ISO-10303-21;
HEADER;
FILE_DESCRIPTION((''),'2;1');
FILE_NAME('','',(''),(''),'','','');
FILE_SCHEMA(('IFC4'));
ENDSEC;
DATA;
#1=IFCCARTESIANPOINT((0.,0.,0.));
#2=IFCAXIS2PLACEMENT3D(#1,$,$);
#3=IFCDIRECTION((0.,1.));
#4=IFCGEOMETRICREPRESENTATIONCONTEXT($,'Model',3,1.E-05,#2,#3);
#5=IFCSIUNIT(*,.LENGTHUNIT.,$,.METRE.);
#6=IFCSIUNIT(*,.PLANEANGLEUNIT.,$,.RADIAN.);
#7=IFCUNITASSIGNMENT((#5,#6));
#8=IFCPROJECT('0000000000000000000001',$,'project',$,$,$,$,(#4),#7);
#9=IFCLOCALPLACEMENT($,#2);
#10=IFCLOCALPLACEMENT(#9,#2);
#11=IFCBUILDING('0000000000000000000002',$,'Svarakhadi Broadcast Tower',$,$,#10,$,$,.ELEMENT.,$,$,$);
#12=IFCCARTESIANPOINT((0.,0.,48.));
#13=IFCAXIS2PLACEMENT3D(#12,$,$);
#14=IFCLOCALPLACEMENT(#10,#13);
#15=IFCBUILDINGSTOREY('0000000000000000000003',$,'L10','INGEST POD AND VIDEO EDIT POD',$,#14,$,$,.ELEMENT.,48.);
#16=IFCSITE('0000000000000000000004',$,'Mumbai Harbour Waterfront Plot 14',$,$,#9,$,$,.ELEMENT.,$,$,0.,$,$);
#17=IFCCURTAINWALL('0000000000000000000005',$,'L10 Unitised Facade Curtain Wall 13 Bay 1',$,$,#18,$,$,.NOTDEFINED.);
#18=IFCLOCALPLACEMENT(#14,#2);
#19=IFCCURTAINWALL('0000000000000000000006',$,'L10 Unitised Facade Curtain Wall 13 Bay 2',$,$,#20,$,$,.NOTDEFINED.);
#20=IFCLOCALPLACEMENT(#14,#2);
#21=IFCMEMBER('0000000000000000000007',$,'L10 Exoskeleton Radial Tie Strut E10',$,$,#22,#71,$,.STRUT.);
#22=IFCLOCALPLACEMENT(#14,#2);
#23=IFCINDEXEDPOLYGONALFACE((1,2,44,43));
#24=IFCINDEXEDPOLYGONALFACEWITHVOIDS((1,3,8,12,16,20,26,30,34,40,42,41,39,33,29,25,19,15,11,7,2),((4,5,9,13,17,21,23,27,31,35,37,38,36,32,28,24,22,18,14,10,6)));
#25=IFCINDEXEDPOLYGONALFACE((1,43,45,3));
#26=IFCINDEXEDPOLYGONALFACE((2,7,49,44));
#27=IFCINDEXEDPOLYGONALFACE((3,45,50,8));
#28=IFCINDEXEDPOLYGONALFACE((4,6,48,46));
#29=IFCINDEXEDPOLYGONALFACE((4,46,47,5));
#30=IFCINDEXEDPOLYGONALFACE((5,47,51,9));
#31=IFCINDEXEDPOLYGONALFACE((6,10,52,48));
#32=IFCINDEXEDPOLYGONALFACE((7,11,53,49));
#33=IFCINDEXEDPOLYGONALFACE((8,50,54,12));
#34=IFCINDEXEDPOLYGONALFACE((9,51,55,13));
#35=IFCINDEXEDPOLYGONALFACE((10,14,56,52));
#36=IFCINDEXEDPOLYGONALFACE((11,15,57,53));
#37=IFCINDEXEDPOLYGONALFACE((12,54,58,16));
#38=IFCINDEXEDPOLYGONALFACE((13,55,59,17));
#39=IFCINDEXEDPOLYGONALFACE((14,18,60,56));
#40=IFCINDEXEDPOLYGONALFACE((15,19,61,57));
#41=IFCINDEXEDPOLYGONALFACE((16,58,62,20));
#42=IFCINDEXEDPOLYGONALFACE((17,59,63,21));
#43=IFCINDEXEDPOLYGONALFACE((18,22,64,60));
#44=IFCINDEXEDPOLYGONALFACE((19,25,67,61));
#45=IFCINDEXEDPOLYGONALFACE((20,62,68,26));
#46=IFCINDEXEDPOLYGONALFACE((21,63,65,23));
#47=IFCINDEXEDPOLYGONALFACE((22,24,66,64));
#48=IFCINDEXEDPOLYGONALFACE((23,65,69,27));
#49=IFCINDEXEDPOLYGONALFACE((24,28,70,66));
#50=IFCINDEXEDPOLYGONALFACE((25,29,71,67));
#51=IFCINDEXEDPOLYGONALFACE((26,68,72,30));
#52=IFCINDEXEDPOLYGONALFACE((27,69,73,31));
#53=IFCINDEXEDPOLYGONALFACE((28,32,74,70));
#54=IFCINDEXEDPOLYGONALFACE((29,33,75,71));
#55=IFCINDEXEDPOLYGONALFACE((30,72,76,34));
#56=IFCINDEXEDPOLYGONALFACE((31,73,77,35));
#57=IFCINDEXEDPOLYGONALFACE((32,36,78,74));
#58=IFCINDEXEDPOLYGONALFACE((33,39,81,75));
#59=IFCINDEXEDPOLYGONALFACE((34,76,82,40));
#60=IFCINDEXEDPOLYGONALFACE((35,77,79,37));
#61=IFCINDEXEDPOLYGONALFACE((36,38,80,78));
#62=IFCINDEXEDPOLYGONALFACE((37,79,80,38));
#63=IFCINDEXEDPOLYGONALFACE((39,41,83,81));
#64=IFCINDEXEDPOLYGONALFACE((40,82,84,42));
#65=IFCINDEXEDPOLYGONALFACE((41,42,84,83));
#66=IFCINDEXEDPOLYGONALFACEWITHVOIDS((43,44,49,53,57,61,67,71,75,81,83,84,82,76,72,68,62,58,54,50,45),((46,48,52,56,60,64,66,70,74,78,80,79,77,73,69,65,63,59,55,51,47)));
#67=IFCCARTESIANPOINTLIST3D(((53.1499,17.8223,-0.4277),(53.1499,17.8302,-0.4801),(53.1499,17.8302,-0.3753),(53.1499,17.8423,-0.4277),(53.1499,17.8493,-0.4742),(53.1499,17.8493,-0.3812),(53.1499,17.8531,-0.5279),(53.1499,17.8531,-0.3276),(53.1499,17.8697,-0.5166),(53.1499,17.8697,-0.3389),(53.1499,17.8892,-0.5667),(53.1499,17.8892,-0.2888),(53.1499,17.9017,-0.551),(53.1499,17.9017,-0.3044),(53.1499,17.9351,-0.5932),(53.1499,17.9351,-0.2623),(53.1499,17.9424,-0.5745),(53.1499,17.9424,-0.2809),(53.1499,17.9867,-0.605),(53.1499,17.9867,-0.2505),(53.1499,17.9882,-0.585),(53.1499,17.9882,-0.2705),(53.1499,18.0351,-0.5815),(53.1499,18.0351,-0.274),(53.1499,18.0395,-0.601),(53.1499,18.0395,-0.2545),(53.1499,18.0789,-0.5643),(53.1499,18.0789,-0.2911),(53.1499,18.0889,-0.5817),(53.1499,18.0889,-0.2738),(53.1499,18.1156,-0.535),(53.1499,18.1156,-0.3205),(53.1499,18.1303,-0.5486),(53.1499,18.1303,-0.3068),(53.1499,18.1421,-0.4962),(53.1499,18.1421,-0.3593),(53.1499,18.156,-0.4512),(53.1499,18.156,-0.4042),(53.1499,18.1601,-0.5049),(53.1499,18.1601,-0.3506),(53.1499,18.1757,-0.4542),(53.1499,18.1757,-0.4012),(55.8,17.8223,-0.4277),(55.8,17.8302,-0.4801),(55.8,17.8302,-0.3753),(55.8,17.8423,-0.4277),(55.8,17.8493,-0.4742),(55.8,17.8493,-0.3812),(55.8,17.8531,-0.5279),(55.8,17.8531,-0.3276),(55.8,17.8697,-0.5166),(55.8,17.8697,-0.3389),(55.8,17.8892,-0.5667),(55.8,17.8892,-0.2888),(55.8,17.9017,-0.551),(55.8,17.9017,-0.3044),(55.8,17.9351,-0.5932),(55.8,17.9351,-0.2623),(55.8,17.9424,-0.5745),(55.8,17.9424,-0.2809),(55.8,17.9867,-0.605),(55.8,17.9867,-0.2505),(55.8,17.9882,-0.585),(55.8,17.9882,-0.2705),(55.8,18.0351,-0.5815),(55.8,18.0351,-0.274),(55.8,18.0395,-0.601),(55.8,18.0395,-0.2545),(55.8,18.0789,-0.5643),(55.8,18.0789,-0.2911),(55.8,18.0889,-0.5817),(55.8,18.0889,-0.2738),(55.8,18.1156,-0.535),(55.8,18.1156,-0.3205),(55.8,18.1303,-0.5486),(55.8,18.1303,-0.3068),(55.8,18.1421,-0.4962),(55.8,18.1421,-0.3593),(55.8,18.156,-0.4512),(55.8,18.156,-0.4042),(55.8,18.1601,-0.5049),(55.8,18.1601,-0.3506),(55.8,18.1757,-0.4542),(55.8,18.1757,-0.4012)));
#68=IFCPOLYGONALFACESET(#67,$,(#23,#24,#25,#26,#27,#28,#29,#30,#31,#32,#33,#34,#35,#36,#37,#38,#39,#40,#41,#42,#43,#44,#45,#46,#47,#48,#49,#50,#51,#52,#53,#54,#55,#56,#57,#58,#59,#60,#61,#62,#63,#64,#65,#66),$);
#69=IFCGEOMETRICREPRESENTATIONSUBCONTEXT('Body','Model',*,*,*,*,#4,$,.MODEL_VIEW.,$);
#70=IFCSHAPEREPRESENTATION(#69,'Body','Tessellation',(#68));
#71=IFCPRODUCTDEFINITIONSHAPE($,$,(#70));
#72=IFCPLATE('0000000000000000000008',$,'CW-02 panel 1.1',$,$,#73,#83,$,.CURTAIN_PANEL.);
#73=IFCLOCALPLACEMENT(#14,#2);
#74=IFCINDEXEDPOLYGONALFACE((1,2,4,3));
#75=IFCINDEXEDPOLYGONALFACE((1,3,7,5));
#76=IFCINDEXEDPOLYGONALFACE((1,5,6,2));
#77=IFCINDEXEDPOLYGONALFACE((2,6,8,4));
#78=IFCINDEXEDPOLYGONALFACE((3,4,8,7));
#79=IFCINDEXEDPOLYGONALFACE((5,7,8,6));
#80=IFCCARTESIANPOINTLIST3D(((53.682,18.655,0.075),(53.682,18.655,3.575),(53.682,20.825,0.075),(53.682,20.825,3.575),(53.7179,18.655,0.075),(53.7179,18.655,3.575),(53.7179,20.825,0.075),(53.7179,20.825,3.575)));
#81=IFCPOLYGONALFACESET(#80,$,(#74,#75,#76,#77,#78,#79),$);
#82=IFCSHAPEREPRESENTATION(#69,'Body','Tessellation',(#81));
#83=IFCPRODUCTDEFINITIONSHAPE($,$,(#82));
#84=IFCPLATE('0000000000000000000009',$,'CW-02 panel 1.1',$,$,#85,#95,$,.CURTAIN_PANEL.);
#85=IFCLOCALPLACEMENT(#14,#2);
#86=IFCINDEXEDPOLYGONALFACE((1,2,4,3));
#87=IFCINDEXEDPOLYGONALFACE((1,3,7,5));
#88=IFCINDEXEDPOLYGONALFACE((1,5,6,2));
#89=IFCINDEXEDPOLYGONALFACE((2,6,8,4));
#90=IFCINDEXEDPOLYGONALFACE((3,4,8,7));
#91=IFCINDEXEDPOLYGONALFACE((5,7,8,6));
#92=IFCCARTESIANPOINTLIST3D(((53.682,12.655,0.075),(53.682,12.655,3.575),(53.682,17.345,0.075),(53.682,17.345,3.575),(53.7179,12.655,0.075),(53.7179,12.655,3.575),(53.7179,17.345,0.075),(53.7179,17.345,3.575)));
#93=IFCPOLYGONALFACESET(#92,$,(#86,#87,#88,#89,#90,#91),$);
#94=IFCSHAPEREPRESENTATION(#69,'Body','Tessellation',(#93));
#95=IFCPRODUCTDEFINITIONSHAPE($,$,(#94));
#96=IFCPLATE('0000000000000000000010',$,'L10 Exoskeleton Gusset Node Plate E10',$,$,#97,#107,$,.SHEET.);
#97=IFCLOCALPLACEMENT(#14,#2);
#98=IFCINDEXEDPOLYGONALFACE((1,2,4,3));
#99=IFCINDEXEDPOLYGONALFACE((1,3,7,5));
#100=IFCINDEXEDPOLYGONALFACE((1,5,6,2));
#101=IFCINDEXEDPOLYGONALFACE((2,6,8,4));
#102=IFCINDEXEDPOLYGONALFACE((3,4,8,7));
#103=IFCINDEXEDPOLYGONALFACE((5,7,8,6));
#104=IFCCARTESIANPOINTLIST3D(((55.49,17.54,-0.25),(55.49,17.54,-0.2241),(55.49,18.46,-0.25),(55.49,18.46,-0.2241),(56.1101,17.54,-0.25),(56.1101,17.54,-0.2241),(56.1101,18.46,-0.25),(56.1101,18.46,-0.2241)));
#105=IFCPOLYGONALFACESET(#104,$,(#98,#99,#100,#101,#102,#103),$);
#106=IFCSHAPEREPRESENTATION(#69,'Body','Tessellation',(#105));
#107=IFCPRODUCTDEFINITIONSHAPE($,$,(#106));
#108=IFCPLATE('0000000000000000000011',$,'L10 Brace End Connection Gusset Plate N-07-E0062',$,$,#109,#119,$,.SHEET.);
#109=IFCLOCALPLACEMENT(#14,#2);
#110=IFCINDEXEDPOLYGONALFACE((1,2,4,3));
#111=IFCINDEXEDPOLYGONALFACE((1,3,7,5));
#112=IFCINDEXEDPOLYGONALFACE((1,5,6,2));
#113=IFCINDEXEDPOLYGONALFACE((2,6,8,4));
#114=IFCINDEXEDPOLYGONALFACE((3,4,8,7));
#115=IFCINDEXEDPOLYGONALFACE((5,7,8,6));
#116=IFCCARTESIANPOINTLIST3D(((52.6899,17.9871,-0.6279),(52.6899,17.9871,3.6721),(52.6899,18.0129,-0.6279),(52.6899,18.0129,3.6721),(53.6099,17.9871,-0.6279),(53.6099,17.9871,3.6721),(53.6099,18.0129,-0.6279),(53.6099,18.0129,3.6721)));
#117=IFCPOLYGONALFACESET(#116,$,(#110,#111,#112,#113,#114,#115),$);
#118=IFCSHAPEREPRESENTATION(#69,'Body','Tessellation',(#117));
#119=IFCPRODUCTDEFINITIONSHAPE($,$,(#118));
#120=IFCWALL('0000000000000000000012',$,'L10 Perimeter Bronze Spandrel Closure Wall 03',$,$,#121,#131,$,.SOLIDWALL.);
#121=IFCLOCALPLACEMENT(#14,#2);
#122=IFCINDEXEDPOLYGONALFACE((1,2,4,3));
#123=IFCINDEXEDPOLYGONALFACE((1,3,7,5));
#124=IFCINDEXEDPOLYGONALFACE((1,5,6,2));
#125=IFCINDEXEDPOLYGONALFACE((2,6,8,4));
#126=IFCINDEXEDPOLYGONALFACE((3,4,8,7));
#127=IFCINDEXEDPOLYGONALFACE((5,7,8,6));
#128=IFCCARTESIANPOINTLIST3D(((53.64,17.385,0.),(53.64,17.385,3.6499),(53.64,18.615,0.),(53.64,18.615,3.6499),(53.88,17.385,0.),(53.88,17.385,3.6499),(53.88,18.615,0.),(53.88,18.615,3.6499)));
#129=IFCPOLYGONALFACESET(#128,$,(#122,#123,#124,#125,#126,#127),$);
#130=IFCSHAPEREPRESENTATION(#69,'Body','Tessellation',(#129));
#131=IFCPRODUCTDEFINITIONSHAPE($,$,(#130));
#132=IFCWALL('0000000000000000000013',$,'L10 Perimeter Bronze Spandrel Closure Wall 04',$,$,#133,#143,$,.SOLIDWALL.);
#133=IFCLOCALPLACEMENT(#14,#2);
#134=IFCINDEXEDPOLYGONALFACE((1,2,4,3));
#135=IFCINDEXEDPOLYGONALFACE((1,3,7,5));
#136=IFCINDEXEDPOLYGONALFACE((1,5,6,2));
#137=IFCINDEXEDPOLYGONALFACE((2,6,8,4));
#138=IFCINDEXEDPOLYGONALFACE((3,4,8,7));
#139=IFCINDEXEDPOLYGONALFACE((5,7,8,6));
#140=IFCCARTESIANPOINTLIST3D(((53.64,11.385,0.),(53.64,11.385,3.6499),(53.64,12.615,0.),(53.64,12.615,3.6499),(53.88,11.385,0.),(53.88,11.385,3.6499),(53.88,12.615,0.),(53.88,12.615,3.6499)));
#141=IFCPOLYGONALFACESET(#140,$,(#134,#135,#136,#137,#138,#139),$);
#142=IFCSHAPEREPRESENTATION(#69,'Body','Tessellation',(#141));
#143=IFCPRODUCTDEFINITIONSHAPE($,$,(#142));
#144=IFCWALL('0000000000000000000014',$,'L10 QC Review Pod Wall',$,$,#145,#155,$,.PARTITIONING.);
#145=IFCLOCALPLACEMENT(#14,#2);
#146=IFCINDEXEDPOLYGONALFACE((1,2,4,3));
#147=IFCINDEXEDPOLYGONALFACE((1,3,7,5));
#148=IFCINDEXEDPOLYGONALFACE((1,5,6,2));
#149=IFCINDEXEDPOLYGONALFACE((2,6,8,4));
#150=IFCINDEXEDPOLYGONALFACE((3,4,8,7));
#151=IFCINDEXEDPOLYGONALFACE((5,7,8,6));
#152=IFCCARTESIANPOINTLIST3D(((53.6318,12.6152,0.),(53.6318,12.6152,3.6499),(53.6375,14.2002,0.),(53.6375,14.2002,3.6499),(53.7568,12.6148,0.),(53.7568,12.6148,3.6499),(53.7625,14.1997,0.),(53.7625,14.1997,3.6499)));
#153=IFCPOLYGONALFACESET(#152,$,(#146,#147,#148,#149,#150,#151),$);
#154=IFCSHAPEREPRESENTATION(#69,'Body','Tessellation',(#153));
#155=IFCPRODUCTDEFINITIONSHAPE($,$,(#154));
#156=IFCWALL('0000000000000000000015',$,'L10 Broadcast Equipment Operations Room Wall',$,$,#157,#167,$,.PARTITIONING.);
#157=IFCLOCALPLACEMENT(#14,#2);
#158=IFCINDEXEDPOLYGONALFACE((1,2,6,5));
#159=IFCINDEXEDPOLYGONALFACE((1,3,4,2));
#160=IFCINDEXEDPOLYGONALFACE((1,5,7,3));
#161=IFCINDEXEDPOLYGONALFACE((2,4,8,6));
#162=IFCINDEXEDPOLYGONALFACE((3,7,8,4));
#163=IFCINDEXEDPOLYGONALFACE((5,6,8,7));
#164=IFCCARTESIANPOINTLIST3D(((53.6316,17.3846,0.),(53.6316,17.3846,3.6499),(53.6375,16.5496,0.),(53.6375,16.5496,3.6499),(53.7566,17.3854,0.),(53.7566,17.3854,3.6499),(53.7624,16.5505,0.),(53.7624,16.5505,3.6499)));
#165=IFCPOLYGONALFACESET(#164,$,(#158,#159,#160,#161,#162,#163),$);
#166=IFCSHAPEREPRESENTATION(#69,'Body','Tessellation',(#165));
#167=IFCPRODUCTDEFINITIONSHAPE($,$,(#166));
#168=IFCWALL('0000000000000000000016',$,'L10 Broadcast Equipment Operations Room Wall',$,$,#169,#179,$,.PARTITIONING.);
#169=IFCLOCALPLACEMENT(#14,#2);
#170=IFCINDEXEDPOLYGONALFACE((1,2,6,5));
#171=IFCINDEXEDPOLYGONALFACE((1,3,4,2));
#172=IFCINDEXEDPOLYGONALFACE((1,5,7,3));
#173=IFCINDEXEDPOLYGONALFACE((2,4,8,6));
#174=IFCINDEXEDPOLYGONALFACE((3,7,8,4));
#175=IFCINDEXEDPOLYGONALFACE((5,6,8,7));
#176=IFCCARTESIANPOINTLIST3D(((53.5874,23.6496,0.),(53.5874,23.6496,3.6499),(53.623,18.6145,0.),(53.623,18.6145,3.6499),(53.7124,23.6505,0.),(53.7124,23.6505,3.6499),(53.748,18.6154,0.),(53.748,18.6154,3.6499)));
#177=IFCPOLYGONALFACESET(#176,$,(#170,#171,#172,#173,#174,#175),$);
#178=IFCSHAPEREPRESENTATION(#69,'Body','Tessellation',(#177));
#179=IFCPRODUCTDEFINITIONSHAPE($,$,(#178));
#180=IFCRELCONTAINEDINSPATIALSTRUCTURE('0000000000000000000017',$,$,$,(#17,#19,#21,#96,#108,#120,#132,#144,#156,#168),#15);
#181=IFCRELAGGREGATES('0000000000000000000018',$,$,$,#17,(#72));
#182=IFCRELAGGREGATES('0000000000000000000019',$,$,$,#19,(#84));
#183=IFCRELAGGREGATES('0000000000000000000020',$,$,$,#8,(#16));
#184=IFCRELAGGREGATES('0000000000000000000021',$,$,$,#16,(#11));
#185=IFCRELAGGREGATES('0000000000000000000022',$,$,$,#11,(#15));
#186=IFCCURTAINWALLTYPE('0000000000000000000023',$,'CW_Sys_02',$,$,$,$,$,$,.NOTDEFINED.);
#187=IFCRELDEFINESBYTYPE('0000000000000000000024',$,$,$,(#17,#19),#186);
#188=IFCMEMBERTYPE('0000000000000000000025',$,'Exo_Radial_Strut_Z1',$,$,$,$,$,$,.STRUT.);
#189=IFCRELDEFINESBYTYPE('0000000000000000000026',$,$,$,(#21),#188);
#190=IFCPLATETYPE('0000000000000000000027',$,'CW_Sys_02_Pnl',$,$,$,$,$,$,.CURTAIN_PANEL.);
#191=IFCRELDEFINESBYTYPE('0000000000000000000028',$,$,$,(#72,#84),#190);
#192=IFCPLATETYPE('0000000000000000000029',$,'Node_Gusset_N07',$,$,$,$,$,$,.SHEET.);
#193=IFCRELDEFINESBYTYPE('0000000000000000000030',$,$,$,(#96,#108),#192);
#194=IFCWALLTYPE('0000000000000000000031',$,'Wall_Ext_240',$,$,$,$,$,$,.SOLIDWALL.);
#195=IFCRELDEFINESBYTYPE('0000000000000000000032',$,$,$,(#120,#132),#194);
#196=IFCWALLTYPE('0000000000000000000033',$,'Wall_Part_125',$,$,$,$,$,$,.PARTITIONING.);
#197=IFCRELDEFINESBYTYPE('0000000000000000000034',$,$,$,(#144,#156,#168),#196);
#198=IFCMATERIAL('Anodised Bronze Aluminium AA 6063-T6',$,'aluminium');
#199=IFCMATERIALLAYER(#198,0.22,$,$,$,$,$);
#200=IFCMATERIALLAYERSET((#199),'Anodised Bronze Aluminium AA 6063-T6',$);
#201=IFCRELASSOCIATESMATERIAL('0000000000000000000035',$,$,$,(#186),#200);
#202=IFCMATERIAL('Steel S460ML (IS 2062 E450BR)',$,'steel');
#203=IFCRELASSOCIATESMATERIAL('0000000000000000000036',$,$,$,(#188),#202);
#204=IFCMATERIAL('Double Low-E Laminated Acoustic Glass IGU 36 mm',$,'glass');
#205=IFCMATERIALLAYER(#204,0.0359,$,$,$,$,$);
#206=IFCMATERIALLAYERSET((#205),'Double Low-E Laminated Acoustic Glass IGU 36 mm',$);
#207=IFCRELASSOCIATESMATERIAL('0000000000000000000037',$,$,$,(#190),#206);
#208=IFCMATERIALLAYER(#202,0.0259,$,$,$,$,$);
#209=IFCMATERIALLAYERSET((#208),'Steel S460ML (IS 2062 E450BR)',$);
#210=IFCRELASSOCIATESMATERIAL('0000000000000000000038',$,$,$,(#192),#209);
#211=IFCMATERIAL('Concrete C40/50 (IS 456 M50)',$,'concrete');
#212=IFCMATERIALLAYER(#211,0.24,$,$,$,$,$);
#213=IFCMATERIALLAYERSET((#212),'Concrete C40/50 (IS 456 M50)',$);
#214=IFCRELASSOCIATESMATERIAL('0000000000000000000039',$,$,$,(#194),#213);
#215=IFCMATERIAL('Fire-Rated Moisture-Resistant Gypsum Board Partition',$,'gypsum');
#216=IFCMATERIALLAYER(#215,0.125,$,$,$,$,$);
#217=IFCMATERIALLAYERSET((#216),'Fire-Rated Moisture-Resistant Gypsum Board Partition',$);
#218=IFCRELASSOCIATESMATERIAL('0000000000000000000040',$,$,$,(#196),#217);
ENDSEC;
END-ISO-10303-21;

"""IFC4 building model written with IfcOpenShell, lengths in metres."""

from ifc_helpers import new_model, si_unit, direction, frame, frame_2d, origin, origin_2d, place, context, subcontext, project, spatial, rectangle, hollow_circle, extrude, material, layer, layer_set, material_profile, profile_set, type_object, element, aggregate, save


model = new_model("IFC4")

# Units and contexts
model_context = context("Model", 3, precision=1e-05, world=origin(), true_north=direction((0.0, 1.0)))
body_context = subcontext(model_context, "Body", "Model", "MODEL_VIEW")
ifc_project = project(units=[si_unit("LENGTHUNIT", "METRE"), si_unit("PLANEANGLEUNIT", "RADIAN")], contexts=[model_context])

# Site, building, storey
site_placement = place(None, origin())
site = spatial("IfcSite", under=ifc_project, at=site_placement, Name="Mumbai Harbour Waterfront Plot 14", CompositionType="ELEMENT", RefElevation=0.0)
building_placement = place(site_placement, origin())
building = spatial("IfcBuilding", under=site, at=building_placement, Name="Svarakhadi Broadcast Tower", CompositionType="ELEMENT")
storey_placement = place(building_placement, frame((0.0, 0.0, 48.0)))
storey = spatial("IfcBuildingStorey", under=building, at=storey_placement, Name="L10", Description="INGEST POD AND VIDEO EDIT POD", CompositionType="ELEMENT", Elevation=48.0)

# Curtain wall
ifc_material_1 = material(Name="Anodised Bronze Aluminium AA 6063-T6", Category="aluminium")
ifc_layer_1 = layer(ifc_material_1, 0.22)
ifc_layer_set_1 = layer_set([ifc_layer_1], Name="Anodised Bronze Aluminium AA 6063-T6")
curtain_wall_type = type_object("IfcCurtainWallType", Name="CW_Sys_02", PredefinedType="NOTDEFINED", material=ifc_layer_set_1)
curtain_wall_1_placement = place(storey_placement, origin())
curtain_wall_1 = element("IfcCurtainWall", 1, at=curtain_wall_1_placement, inside=storey, type_object=curtain_wall_type, Name="L10 Unitised Facade Curtain Wall 13 Bay 1", PredefinedType="NOTDEFINED")

# Curtain wall
curtain_wall_2_placement = place(storey_placement, origin())
curtain_wall_2 = element("IfcCurtainWall", 2, at=curtain_wall_2_placement, inside=storey, type_object=curtain_wall_type, Name="L10 Unitised Facade Curtain Wall 13 Bay 2", PredefinedType="NOTDEFINED")

# Member
ifc_material_2 = material(Name="Steel S460ML (IS 2062 E450BR)", Category="steel")
ifc_material_profile_1 = material_profile(ifc_material_2, hollow_circle(Radius=0.1777, WallThickness=0.02, at=origin_2d()), Name="CHS 355.6x20")
ifc_profile_set_1 = profile_set([ifc_material_profile_1], Name="Steel S460ML (IS 2062 E450BR)")
member_type_1 = type_object("IfcMemberType", Name="Exo_Radial_Strut_Z1", PredefinedType="STRUT", material=ifc_profile_set_1)
member_1_placement = place(storey_placement, frame((55.8, 18.0, -0.4277), z_axis=(-1.0, 0.0, 0.0), x_axis=(0.0, -1.0, 0.0)))
element("IfcMember", 3, at=member_1_placement, inside=storey, type_object=member_type_1, Name="L10 Exoskeleton Radial Tie Strut E10", PredefinedType="STRUT", context=body_context, shape_type="SweptSolid", body=[
    extrude(hollow_circle(Radius=0.1777, WallThickness=0.02, at=origin_2d()), origin(), (0.0, 0.0, 1.0), 2.6501),
])

# Plates
ifc_material_3 = material(Name="Double Low-E Laminated Acoustic Glass IGU 36 mm", Category="glass")
ifc_layer_2 = layer(ifc_material_3, 0.0359)
ifc_layer_set_2 = layer_set([ifc_layer_2], Name="Double Low-E Laminated Acoustic Glass IGU 36 mm")
plate_type_1 = type_object("IfcPlateType", Name="CW_Sys_02_Pnl", PredefinedType="CURTAIN_PANEL", material=ifc_layer_set_2)
plate_1_placement = place(storey_placement, frame((53.7, 19.74, 0.075), z_axis=(0.0, 0.0, 1.0), x_axis=(0.0, -1.0, 0.0)))
plate_1 = element("IfcPlate", 4, at=plate_1_placement, type_object=plate_type_1, Name="CW-02 panel 1.1", PredefinedType="CURTAIN_PANEL", context=body_context, shape_type="SweptSolid", body=[
    extrude(rectangle(XDim=2.1699, YDim=0.0359, at=origin_2d()), origin(), (0.0, 0.0, 1.0), 3.5),
])
aggregate(curtain_wall_1, [plate_1])
plate_2_placement = place(storey_placement, frame((53.7, 15.0, 0.075), z_axis=(0.0, 0.0, 1.0), x_axis=(0.0, -1.0, 0.0)))
plate_2 = element("IfcPlate", 5, at=plate_2_placement, type_object=plate_type_1, Name="CW-02 panel 1.1", PredefinedType="CURTAIN_PANEL", context=body_context, shape_type="SweptSolid", body=[
    extrude(rectangle(XDim=4.6899, YDim=0.0359, at=origin_2d()), origin(), (0.0, 0.0, 1.0), 3.5),
])
aggregate(curtain_wall_2, [plate_2])

# Plates
ifc_layer_3 = layer(ifc_material_2, 0.0259)
ifc_layer_set_3 = layer_set([ifc_layer_3], Name="Steel S460ML (IS 2062 E450BR)")
plate_type_2 = type_object("IfcPlateType", Name="Node_Gusset_N07", PredefinedType="SHEET", material=ifc_layer_set_3)
plate_3_placement = place(storey_placement, frame((55.8, 18.0, -0.25), z_axis=(0.0, 0.0, 1.0), x_axis=(0.0, 1.0, 0.0)))
element("IfcPlate", 6, at=plate_3_placement, inside=storey, type_object=plate_type_2, Name="L10 Exoskeleton Gusset Node Plate E10", PredefinedType="SHEET", context=body_context, shape_type="SweptSolid", body=[
    extrude(rectangle(XDim=0.9199, YDim=0.6201, at=origin_2d()), origin(), (0.0, 0.0, 1.0), 0.0259),
])
plate_4_placement = place(storey_placement, frame((53.1499, 18.0, -0.6279), z_axis=(0.0, 0.0, 1.0), x_axis=(1.0, 0.0, 0.0)))
element("IfcPlate", 7, at=plate_4_placement, inside=storey, type_object=plate_type_2, Name="L10 Brace End Connection Gusset Plate N-07-E0062", PredefinedType="SHEET", context=body_context, shape_type="SweptSolid", body=[
    extrude(rectangle(XDim=0.9199, YDim=0.0259, at=origin_2d()), origin(), (0.0, 0.0, 1.0), 4.3),
])

# Walls
ifc_material_4 = material(Name="Concrete C40/50 (IS 456 M50)", Category="concrete")
ifc_layer_4 = layer(ifc_material_4, 0.24)
ifc_layer_set_4 = layer_set([ifc_layer_4], Name="Concrete C40/50 (IS 456 M50)")
wall_type_1 = type_object("IfcWallType", Name="Wall_Ext_240", PredefinedType="SOLIDWALL", material=ifc_layer_set_4)
for number, where, z_axis, x_axis, name in (
    (8, (53.76, 18.615, 0.0), (0.0, 0.0, 1.0), (0.0, -1.0, 0.0), "L10 Perimeter Bronze Spandrel Closure Wall 03"),
    (9, (53.76, 12.615, 0.0), (0.0, 0.0, 1.0), (0.0, -1.0, 0.0), "L10 Perimeter Bronze Spandrel Closure Wall 04"),
):
    element("IfcWall", number, at=place(storey_placement, frame(where, z_axis=z_axis, x_axis=x_axis)), inside=storey, type_object=wall_type_1, Name=name, PredefinedType="SOLIDWALL", context=body_context, shape_type="SweptSolid", body=[
        extrude(rectangle(XDim=1.23, YDim=0.24, at=frame_2d((0.615, 0.0))), origin(), (0.0, 0.0, 1.0), 3.6499),
    ])
ifc_material_5 = material(Name="Fire-Rated Moisture-Resistant Gypsum Board Partition", Category="gypsum")
ifc_layer_5 = layer(ifc_material_5, 0.125)
ifc_layer_set_5 = layer_set([ifc_layer_5], Name="Fire-Rated Moisture-Resistant Gypsum Board Partition")
wall_type_2 = type_object("IfcWallType", Name="Wall_Part_125", PredefinedType="PARTITIONING", material=ifc_layer_set_5)
wall_1_placement = place(storey_placement, frame((53.6943, 12.615, 0.0), z_axis=(0.0, 0.0, 1.0), x_axis=(0.003543, 0.999994, 0.0)))
element("IfcWall", 10, at=wall_1_placement, inside=storey, type_object=wall_type_2, Name="L10 QC Review Pod Wall", PredefinedType="PARTITIONING", context=body_context, shape_type="SweptSolid", body=[
    extrude(rectangle(XDim=1.585, YDim=0.125, at=frame_2d((0.7925, 0.0))), origin(), (0.0, 0.0, 1.0), 3.6499),
])
wall_2_placement = place(storey_placement, frame((53.7, 16.55, 0.0), z_axis=(0.0, 0.0, 1.0), x_axis=(-0.007017, 0.999975, 0.0)))
element("IfcWall", 11, at=wall_2_placement, inside=storey, type_object=wall_type_2, Name="L10 Broadcast Equipment Operations Room Wall", PredefinedType="PARTITIONING", context=body_context, shape_type="SweptSolid", body=[
    extrude(rectangle(XDim=0.835, YDim=0.125, at=frame_2d((0.4175, 0.0))), origin(), (0.0, 0.0, 1.0), 3.6499),
])
wall_3_placement = place(storey_placement, frame((53.6855, 18.615, 0.0), z_axis=(0.0, 0.0, 1.0), x_axis=(-0.007079, 0.999975, 0.0)))
element("IfcWall", 12, at=wall_3_placement, inside=storey, type_object=wall_type_2, Name="L10 Broadcast Equipment Operations Room Wall", PredefinedType="PARTITIONING", context=body_context, shape_type="SweptSolid", body=[
    extrude(rectangle(XDim=5.0352, YDim=0.125, at=frame_2d((2.5176, 0.0))), origin(), (0.0, 0.0, 1.0), 3.6499),
])

save(model, "model.ifc")
